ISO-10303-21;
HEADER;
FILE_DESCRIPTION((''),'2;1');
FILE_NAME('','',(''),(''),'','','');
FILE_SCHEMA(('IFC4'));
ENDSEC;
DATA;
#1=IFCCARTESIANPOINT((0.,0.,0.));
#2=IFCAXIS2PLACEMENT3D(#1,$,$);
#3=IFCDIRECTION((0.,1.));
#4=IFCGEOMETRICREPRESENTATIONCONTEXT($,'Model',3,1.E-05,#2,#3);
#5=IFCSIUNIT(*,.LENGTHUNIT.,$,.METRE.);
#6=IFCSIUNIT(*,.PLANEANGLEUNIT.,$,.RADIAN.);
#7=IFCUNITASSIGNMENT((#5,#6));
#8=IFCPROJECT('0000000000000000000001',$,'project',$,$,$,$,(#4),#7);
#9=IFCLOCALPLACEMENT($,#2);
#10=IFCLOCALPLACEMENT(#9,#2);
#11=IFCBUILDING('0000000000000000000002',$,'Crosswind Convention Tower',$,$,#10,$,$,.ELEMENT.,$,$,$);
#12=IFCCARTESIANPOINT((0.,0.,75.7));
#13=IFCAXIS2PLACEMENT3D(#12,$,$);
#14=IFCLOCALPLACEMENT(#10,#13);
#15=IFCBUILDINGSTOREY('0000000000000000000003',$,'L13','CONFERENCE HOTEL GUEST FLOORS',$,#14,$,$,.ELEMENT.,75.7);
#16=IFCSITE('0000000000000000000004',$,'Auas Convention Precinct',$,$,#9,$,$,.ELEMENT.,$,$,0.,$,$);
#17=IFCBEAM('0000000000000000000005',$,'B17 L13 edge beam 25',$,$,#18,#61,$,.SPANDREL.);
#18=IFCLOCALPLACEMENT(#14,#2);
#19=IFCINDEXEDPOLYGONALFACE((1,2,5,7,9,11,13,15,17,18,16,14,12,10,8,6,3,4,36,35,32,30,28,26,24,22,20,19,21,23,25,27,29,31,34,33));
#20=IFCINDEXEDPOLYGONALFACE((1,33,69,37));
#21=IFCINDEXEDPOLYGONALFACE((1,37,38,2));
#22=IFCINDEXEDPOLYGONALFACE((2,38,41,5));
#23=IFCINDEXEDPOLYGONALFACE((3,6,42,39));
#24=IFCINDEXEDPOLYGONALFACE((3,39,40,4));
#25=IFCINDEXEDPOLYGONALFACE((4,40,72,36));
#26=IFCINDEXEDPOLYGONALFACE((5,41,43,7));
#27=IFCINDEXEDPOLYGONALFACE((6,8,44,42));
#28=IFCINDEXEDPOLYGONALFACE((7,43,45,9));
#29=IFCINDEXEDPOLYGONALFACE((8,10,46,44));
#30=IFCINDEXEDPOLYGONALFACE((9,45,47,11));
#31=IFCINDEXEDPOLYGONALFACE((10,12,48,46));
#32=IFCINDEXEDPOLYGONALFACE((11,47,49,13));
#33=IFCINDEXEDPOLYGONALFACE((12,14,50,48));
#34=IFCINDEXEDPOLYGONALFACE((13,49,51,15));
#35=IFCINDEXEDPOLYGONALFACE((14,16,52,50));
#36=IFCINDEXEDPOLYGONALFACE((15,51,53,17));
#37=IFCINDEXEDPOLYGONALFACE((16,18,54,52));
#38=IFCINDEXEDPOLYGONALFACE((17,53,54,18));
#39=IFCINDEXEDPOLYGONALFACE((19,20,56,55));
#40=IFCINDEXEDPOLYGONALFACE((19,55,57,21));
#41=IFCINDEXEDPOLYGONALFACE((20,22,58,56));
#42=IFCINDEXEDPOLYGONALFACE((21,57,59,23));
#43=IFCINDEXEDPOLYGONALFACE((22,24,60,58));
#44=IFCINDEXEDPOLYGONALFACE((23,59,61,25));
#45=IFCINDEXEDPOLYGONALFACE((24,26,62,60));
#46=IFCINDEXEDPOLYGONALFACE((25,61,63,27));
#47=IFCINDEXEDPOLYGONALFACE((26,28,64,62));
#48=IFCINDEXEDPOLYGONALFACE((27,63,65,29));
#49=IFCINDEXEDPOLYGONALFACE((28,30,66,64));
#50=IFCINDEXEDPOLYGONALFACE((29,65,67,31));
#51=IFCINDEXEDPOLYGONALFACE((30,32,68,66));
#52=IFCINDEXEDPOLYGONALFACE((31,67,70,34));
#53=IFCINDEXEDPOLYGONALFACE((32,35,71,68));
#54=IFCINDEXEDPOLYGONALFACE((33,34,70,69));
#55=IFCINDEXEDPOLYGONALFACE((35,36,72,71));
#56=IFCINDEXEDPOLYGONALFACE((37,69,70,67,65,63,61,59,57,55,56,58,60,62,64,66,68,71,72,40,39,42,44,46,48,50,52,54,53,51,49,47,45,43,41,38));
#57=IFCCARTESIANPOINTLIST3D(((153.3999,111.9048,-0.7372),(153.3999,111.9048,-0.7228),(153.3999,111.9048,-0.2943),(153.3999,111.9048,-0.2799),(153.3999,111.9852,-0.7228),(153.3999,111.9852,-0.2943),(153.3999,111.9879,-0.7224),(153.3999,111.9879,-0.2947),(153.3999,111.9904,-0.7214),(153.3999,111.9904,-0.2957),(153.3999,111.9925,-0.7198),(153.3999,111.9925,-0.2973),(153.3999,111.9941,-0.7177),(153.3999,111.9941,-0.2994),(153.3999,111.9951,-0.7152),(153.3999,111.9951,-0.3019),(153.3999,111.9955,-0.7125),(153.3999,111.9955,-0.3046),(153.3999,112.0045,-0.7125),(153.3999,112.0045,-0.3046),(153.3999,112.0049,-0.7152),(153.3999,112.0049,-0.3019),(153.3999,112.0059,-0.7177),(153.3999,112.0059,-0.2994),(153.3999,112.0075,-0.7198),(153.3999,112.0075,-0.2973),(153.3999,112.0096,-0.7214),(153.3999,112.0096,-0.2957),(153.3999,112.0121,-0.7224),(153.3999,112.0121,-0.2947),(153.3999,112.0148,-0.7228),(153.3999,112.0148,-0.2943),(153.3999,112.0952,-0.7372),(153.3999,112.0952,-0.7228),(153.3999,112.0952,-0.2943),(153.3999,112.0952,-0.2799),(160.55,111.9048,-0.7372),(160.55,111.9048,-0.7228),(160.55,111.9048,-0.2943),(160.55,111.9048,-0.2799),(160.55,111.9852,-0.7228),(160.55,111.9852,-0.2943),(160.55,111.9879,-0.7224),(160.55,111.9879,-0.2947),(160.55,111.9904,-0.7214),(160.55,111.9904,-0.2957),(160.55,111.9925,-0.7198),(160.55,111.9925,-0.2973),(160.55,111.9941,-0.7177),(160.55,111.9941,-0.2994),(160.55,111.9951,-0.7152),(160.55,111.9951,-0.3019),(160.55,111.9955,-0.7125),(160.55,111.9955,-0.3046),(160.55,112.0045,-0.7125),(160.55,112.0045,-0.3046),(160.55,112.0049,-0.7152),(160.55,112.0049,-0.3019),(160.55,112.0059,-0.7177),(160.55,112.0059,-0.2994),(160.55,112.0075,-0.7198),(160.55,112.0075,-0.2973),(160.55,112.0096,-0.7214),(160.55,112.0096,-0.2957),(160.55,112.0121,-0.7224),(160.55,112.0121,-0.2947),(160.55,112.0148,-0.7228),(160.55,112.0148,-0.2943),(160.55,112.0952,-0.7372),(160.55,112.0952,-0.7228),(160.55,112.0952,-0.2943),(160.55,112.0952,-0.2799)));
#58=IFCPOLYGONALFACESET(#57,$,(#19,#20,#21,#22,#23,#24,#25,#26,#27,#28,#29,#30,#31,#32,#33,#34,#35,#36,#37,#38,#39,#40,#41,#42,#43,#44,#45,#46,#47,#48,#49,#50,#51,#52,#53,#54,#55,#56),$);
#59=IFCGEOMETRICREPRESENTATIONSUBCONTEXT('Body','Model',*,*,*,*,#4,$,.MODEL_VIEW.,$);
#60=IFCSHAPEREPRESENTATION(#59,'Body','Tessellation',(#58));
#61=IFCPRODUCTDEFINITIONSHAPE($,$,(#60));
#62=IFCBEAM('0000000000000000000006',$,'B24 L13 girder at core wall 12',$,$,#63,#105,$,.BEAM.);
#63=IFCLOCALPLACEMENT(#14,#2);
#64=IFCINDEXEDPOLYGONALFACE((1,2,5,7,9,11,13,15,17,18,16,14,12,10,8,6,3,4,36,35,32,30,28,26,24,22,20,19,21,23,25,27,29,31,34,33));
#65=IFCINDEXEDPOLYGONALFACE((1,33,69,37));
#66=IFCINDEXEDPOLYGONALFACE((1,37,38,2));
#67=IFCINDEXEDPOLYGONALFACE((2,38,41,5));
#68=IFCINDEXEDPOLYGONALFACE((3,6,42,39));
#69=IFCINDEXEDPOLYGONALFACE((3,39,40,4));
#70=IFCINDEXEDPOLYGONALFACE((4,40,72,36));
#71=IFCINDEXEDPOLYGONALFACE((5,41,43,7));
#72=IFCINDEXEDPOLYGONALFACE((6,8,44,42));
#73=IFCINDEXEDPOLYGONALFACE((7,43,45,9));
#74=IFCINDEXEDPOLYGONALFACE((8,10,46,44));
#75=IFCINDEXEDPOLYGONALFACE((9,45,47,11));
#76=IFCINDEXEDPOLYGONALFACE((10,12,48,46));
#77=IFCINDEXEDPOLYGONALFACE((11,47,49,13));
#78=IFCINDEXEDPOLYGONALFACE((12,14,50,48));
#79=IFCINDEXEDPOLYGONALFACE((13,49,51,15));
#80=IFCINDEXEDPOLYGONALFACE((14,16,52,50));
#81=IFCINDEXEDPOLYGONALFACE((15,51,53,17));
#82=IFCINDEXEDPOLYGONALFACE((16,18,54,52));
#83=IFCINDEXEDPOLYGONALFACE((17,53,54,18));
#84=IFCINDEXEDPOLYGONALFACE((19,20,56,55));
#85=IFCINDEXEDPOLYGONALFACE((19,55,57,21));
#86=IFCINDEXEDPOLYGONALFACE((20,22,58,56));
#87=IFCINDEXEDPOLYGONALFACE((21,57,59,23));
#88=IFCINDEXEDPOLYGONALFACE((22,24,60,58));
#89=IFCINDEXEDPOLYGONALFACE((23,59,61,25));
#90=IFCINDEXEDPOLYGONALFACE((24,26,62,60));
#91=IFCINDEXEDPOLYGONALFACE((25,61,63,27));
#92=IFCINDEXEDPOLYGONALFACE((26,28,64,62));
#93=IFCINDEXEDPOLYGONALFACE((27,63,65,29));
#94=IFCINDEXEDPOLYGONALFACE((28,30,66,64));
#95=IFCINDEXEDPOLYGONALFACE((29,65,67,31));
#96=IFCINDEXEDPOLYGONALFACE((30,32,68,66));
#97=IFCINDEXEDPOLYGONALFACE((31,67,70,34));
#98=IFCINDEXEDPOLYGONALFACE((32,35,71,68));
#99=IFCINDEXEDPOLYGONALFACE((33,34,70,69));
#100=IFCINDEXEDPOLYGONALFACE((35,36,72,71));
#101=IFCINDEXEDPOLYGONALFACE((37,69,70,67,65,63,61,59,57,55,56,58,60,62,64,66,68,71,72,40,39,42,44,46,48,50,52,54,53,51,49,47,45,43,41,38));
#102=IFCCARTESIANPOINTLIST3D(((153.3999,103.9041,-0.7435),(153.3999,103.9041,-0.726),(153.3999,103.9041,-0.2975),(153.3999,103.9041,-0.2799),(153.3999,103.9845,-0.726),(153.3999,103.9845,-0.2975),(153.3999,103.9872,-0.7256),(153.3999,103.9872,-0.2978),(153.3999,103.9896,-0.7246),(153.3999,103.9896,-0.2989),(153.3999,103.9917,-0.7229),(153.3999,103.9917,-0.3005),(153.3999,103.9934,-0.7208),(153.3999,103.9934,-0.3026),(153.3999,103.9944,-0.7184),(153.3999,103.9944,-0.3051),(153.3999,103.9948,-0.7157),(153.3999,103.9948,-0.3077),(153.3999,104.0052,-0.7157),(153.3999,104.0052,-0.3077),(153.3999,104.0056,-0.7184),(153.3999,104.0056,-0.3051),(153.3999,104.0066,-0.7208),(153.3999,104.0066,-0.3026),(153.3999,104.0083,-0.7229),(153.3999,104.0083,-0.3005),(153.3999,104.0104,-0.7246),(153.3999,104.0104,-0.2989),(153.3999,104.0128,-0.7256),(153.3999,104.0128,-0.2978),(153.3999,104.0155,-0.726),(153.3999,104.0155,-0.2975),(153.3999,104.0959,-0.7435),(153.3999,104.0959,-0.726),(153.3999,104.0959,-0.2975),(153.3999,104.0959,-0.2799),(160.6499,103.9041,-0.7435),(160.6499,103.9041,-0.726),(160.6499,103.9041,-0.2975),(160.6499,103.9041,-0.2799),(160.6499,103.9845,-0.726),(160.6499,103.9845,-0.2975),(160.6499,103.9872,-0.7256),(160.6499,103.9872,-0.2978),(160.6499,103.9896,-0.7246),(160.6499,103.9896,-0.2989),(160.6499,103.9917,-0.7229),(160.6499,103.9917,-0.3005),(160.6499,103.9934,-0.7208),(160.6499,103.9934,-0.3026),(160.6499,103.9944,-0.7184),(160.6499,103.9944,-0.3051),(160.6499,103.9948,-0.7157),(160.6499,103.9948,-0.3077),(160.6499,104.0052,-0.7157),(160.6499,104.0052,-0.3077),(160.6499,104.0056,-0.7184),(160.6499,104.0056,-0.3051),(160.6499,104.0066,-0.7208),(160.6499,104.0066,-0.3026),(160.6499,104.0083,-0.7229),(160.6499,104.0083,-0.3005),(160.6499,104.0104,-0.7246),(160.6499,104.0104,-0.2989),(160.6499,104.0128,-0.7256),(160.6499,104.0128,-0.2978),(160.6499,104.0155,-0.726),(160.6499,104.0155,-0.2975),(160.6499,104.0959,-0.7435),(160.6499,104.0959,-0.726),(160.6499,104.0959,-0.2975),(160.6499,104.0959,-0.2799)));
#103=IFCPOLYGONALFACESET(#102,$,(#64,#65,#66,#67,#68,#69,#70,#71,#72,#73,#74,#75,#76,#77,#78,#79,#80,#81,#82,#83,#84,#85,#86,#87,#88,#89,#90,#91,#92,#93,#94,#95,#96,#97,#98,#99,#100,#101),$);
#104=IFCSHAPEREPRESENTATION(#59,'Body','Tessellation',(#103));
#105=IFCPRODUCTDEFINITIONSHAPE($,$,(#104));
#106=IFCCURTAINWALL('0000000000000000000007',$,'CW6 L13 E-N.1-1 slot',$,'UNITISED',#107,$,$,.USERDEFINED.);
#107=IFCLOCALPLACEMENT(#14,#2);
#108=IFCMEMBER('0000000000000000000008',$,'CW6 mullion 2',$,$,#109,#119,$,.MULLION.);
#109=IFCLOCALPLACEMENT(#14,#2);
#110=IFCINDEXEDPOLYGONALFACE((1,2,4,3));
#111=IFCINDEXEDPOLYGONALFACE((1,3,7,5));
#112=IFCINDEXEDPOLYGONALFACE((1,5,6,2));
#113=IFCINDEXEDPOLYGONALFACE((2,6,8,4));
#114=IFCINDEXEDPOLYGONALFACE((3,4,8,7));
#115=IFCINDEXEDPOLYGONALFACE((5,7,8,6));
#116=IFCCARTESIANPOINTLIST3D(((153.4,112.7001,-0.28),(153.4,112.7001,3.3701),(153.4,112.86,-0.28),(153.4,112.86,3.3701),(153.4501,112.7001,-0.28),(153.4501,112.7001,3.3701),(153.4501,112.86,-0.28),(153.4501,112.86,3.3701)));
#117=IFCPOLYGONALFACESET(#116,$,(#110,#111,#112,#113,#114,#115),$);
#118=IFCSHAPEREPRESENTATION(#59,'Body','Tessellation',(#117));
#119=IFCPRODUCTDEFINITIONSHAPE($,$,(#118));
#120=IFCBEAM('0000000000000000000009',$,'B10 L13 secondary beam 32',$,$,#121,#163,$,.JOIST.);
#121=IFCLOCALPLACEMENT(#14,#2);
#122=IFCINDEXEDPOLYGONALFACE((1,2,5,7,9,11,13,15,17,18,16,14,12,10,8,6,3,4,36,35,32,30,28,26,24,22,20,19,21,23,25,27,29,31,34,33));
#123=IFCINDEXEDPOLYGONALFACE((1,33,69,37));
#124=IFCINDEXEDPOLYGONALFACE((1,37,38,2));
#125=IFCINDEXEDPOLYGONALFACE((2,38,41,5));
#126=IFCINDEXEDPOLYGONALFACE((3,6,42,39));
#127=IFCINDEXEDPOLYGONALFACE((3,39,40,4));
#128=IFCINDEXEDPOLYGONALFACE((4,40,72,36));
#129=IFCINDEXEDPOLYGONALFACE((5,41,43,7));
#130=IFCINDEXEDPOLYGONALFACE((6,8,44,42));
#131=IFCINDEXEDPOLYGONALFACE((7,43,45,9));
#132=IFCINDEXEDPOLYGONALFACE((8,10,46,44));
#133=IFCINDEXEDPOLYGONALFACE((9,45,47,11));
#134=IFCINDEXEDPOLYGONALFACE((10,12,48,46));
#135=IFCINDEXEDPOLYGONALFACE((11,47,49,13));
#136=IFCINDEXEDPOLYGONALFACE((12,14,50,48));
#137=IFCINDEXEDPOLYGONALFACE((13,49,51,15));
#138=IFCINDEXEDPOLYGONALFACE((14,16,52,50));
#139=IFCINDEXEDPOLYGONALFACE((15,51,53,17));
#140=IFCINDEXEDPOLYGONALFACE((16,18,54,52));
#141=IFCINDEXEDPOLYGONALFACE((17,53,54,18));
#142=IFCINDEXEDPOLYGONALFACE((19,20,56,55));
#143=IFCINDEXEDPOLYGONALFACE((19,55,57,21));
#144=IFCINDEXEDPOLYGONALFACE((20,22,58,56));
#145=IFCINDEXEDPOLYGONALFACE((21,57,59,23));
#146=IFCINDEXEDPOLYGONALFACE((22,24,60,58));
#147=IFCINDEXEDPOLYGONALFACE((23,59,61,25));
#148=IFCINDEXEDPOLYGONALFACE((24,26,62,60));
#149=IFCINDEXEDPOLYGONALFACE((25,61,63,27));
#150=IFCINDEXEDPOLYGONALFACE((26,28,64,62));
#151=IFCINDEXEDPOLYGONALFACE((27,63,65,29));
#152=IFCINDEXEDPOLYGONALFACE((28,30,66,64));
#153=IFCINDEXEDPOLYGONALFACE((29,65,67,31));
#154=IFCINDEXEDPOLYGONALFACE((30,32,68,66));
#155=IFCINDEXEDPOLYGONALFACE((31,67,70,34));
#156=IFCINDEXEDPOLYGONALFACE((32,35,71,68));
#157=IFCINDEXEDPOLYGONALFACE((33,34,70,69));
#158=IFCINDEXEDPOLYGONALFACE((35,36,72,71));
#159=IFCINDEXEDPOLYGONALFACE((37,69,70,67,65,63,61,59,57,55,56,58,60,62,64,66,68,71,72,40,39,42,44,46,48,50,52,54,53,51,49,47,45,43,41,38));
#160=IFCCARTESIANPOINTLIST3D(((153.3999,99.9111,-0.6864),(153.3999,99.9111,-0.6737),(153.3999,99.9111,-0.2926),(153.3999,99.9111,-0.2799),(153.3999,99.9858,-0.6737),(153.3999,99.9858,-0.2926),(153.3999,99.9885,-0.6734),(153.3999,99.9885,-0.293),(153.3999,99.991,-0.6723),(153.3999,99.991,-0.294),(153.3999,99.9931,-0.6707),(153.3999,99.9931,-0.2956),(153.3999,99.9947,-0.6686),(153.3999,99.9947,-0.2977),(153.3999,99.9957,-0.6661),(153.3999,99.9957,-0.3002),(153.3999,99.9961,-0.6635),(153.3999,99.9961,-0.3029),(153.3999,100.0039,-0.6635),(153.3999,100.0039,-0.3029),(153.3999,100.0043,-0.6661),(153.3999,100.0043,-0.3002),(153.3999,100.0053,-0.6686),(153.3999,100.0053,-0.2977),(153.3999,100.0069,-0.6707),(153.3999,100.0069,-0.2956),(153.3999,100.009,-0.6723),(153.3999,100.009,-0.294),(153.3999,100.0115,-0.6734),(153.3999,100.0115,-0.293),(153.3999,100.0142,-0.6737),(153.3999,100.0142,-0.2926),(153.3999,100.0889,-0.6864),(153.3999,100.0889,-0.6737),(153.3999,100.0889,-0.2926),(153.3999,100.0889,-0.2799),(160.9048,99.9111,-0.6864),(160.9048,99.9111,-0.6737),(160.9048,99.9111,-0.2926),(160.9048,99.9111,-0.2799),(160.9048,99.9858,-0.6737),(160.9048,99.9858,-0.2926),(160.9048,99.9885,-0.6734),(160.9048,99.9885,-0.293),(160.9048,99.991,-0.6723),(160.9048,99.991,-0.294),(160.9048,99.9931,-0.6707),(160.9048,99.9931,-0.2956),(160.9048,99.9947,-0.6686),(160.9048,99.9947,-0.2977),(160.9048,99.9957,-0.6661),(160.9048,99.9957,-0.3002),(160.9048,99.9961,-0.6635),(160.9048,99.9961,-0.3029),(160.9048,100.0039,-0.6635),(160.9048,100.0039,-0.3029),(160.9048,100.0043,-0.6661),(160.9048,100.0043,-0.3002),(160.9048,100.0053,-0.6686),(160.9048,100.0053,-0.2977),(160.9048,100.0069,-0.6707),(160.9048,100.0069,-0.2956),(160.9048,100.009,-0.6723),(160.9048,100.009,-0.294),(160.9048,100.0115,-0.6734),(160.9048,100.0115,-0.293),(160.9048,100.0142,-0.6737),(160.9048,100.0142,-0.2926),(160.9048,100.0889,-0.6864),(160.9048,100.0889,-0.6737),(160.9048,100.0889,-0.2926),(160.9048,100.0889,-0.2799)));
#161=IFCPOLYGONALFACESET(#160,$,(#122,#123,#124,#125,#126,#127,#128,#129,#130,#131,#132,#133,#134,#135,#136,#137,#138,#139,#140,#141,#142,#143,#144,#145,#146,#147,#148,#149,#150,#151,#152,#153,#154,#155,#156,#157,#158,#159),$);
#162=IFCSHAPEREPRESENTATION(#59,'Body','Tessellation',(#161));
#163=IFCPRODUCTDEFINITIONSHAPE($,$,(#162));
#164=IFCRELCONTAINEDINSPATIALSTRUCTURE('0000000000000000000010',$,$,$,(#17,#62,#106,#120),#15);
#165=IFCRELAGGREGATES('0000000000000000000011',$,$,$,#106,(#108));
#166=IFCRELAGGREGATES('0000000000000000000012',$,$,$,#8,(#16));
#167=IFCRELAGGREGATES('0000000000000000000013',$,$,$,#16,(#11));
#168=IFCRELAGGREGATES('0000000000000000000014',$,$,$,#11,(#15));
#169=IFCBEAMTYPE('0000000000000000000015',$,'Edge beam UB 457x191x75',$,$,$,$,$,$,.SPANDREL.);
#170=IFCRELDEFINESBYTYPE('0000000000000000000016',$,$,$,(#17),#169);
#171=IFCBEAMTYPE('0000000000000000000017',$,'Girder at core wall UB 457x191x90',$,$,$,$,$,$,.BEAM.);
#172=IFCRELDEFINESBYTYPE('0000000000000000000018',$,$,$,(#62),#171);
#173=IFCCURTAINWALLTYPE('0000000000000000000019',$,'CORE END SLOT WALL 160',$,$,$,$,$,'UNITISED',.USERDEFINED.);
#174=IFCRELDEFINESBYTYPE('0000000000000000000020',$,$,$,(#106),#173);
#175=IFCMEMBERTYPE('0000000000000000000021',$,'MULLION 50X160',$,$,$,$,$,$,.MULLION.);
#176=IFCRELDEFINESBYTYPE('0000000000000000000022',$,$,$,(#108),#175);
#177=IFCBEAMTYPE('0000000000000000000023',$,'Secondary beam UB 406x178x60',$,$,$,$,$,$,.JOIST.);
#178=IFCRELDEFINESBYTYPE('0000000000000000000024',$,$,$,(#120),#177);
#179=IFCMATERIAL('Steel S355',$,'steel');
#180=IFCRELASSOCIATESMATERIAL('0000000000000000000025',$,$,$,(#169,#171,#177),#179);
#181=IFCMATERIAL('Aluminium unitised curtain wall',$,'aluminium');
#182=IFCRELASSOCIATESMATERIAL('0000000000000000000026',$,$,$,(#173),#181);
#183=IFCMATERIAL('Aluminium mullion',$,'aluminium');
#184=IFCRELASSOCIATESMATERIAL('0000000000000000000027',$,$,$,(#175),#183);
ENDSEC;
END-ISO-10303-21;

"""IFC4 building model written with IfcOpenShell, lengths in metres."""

from ifc_helpers import new_model, si_unit, direction, frame, origin, origin_2d, place, context, subcontext, project, spatial, rectangle, i_section, extrude, material, material_profile, profile_set, type_object, element, aggregate, save


model = new_model("IFC4")

# Units and contexts
model_context = context("Model", 3, precision=1e-05, world=origin(), true_north=direction((0.0, 1.0)))
body_context = subcontext(model_context, "Body", "Model", "MODEL_VIEW")
ifc_project = project(units=[si_unit("LENGTHUNIT", "METRE"), si_unit("PLANEANGLEUNIT", "RADIAN")], contexts=[model_context])

# Site, building, storey
site_placement = place(None, origin())
site = spatial("IfcSite", under=ifc_project, at=site_placement, Name="Auas Convention Precinct", CompositionType="ELEMENT", RefElevation=0.0)
building_placement = place(site_placement, origin())
building = spatial("IfcBuilding", under=site, at=building_placement, Name="Crosswind Convention Tower", CompositionType="ELEMENT")
storey_placement = place(building_placement, frame((0.0, 0.0, 75.7)))
storey = spatial("IfcBuildingStorey", under=building, at=storey_placement, Name="L13", Description="CONFERENCE HOTEL GUEST FLOORS", CompositionType="ELEMENT", Elevation=75.7)

# Beams
ifc_material_1 = material(Name="Steel S355", Category="steel")
ifc_material_profile_1 = material_profile(ifc_material_1, i_section(OverallWidth=0.1904, OverallDepth=0.4573, WebThickness=0.009, FlangeThickness=0.0144, FilletRadius=0.0103, at=origin_2d()), Name="UB 457x191x75")
ifc_profile_set_1 = profile_set([ifc_material_profile_1], Name="Steel S355")
beam_type_1 = type_object("IfcBeamType", Name="Edge beam UB 457x191x75", PredefinedType="SPANDREL", material=ifc_profile_set_1)
beam_1_placement = place(storey_placement, frame((153.3999, 112.0, -0.5085), z_axis=(1.0, 0.0, 0.0), x_axis=(0.0, 1.0, 0.0)))
element("IfcBeam", 1, at=beam_1_placement, inside=storey, type_object=beam_type_1, Name="B17 L13 edge beam 25", PredefinedType="SPANDREL", context=body_context, shape_type="SweptSolid", body=[
    extrude(i_section(OverallWidth=0.1904, OverallDepth=0.4573, WebThickness=0.009, FlangeThickness=0.0144, FilletRadius=0.0103, at=origin_2d()), origin(), (0.0, 0.0, 1.0), 7.1501),
])
ifc_material_profile_2 = material_profile(ifc_material_1, i_section(OverallWidth=0.1919, OverallDepth=0.4636, WebThickness=0.0105, FlangeThickness=0.0176, FilletRadius=0.0103, at=origin_2d()), Name="UB 457x191x90")
ifc_profile_set_2 = profile_set([ifc_material_profile_2], Name="Steel S355")
beam_type_2 = type_object("IfcBeamType", Name="Girder at core wall UB 457x191x90", PredefinedType="BEAM", material=ifc_profile_set_2)
beam_2_placement = place(storey_placement, frame((153.3999, 104.0, -0.5117), z_axis=(1.0, 0.0, 0.0), x_axis=(0.0, 1.0, 0.0)))
element("IfcBeam", 2, at=beam_2_placement, inside=storey, type_object=beam_type_2, Name="B24 L13 girder at core wall 12", PredefinedType="BEAM", context=body_context, shape_type="SweptSolid", body=[
    extrude(i_section(OverallWidth=0.1919, OverallDepth=0.4636, WebThickness=0.0105, FlangeThickness=0.0176, FilletRadius=0.0103, at=origin_2d()), origin(), (0.0, 0.0, 1.0), 7.25),
])

# Curtain wall, member
ifc_material_2 = material(Name="Aluminium unitised curtain wall", Category="aluminium")
curtain_wall_type = type_object("IfcCurtainWallType", Name="CORE END SLOT WALL 160", ElementType="UNITISED", PredefinedType="USERDEFINED", material=ifc_material_2)
curtain_wall_placement = place(storey_placement, origin())
curtain_wall = element("IfcCurtainWall", 3, at=curtain_wall_placement, inside=storey, type_object=curtain_wall_type, Name="CW6 L13 E-N.1-1 slot", ObjectType="UNITISED", PredefinedType="USERDEFINED")
ifc_material_3 = material(Name="Aluminium mullion", Category="aluminium")
ifc_material_profile_3 = material_profile(ifc_material_3, rectangle(XDim=0.1599, YDim=0.05, at=origin_2d()), Name="AL 160X50")
ifc_profile_set_3 = profile_set([ifc_material_profile_3], Name="Aluminium mullion")
member_type = type_object("IfcMemberType", Name="MULLION 50X160", PredefinedType="MULLION", material=ifc_profile_set_3)
member_placement = place(storey_placement, frame((153.425, 112.78, -0.28), z_axis=(0.0, 0.0, 1.0), x_axis=(0.0, 1.0, 0.0)))
member = element("IfcMember", 4, at=member_placement, type_object=member_type, Name="CW6 mullion 2", PredefinedType="MULLION", context=body_context, shape_type="SweptSolid", body=[
    extrude(rectangle(XDim=0.1599, YDim=0.05, at=origin_2d()), origin(), (0.0, 0.0, 1.0), 3.6501),
])
aggregate(curtain_wall, [member])

# Beam
ifc_material_profile_4 = material_profile(ifc_material_1, i_section(OverallWidth=0.1777, OverallDepth=0.4065, WebThickness=0.0078, FlangeThickness=0.0127, FilletRadius=0.0103, at=origin_2d()), Name="UB 406x178x60")
ifc_profile_set_4 = profile_set([ifc_material_profile_4], Name="Steel S355")
beam_type_3 = type_object("IfcBeamType", Name="Secondary beam UB 406x178x60", PredefinedType="JOIST", material=ifc_profile_set_4)
for number, where, z_axis, x_axis, name in (
    (5, (153.3999, 100.0, -0.4832), (1.0, 0.0, 0.0), (0.0, 1.0, 0.0), "B10 L13 secondary beam 32"),
):
    element("IfcBeam", number, at=place(storey_placement, frame(where, z_axis=z_axis, x_axis=x_axis)), inside=storey, type_object=beam_type_3, Name=name, PredefinedType="JOIST", context=body_context, shape_type="SweptSolid", body=[
        extrude(i_section(OverallWidth=0.1777, OverallDepth=0.4065, WebThickness=0.0078, FlangeThickness=0.0127, FilletRadius=0.0103, at=origin_2d()), origin(), (0.0, 0.0, 1.0), 7.5049),
    ])

save(model, "model.ifc")
